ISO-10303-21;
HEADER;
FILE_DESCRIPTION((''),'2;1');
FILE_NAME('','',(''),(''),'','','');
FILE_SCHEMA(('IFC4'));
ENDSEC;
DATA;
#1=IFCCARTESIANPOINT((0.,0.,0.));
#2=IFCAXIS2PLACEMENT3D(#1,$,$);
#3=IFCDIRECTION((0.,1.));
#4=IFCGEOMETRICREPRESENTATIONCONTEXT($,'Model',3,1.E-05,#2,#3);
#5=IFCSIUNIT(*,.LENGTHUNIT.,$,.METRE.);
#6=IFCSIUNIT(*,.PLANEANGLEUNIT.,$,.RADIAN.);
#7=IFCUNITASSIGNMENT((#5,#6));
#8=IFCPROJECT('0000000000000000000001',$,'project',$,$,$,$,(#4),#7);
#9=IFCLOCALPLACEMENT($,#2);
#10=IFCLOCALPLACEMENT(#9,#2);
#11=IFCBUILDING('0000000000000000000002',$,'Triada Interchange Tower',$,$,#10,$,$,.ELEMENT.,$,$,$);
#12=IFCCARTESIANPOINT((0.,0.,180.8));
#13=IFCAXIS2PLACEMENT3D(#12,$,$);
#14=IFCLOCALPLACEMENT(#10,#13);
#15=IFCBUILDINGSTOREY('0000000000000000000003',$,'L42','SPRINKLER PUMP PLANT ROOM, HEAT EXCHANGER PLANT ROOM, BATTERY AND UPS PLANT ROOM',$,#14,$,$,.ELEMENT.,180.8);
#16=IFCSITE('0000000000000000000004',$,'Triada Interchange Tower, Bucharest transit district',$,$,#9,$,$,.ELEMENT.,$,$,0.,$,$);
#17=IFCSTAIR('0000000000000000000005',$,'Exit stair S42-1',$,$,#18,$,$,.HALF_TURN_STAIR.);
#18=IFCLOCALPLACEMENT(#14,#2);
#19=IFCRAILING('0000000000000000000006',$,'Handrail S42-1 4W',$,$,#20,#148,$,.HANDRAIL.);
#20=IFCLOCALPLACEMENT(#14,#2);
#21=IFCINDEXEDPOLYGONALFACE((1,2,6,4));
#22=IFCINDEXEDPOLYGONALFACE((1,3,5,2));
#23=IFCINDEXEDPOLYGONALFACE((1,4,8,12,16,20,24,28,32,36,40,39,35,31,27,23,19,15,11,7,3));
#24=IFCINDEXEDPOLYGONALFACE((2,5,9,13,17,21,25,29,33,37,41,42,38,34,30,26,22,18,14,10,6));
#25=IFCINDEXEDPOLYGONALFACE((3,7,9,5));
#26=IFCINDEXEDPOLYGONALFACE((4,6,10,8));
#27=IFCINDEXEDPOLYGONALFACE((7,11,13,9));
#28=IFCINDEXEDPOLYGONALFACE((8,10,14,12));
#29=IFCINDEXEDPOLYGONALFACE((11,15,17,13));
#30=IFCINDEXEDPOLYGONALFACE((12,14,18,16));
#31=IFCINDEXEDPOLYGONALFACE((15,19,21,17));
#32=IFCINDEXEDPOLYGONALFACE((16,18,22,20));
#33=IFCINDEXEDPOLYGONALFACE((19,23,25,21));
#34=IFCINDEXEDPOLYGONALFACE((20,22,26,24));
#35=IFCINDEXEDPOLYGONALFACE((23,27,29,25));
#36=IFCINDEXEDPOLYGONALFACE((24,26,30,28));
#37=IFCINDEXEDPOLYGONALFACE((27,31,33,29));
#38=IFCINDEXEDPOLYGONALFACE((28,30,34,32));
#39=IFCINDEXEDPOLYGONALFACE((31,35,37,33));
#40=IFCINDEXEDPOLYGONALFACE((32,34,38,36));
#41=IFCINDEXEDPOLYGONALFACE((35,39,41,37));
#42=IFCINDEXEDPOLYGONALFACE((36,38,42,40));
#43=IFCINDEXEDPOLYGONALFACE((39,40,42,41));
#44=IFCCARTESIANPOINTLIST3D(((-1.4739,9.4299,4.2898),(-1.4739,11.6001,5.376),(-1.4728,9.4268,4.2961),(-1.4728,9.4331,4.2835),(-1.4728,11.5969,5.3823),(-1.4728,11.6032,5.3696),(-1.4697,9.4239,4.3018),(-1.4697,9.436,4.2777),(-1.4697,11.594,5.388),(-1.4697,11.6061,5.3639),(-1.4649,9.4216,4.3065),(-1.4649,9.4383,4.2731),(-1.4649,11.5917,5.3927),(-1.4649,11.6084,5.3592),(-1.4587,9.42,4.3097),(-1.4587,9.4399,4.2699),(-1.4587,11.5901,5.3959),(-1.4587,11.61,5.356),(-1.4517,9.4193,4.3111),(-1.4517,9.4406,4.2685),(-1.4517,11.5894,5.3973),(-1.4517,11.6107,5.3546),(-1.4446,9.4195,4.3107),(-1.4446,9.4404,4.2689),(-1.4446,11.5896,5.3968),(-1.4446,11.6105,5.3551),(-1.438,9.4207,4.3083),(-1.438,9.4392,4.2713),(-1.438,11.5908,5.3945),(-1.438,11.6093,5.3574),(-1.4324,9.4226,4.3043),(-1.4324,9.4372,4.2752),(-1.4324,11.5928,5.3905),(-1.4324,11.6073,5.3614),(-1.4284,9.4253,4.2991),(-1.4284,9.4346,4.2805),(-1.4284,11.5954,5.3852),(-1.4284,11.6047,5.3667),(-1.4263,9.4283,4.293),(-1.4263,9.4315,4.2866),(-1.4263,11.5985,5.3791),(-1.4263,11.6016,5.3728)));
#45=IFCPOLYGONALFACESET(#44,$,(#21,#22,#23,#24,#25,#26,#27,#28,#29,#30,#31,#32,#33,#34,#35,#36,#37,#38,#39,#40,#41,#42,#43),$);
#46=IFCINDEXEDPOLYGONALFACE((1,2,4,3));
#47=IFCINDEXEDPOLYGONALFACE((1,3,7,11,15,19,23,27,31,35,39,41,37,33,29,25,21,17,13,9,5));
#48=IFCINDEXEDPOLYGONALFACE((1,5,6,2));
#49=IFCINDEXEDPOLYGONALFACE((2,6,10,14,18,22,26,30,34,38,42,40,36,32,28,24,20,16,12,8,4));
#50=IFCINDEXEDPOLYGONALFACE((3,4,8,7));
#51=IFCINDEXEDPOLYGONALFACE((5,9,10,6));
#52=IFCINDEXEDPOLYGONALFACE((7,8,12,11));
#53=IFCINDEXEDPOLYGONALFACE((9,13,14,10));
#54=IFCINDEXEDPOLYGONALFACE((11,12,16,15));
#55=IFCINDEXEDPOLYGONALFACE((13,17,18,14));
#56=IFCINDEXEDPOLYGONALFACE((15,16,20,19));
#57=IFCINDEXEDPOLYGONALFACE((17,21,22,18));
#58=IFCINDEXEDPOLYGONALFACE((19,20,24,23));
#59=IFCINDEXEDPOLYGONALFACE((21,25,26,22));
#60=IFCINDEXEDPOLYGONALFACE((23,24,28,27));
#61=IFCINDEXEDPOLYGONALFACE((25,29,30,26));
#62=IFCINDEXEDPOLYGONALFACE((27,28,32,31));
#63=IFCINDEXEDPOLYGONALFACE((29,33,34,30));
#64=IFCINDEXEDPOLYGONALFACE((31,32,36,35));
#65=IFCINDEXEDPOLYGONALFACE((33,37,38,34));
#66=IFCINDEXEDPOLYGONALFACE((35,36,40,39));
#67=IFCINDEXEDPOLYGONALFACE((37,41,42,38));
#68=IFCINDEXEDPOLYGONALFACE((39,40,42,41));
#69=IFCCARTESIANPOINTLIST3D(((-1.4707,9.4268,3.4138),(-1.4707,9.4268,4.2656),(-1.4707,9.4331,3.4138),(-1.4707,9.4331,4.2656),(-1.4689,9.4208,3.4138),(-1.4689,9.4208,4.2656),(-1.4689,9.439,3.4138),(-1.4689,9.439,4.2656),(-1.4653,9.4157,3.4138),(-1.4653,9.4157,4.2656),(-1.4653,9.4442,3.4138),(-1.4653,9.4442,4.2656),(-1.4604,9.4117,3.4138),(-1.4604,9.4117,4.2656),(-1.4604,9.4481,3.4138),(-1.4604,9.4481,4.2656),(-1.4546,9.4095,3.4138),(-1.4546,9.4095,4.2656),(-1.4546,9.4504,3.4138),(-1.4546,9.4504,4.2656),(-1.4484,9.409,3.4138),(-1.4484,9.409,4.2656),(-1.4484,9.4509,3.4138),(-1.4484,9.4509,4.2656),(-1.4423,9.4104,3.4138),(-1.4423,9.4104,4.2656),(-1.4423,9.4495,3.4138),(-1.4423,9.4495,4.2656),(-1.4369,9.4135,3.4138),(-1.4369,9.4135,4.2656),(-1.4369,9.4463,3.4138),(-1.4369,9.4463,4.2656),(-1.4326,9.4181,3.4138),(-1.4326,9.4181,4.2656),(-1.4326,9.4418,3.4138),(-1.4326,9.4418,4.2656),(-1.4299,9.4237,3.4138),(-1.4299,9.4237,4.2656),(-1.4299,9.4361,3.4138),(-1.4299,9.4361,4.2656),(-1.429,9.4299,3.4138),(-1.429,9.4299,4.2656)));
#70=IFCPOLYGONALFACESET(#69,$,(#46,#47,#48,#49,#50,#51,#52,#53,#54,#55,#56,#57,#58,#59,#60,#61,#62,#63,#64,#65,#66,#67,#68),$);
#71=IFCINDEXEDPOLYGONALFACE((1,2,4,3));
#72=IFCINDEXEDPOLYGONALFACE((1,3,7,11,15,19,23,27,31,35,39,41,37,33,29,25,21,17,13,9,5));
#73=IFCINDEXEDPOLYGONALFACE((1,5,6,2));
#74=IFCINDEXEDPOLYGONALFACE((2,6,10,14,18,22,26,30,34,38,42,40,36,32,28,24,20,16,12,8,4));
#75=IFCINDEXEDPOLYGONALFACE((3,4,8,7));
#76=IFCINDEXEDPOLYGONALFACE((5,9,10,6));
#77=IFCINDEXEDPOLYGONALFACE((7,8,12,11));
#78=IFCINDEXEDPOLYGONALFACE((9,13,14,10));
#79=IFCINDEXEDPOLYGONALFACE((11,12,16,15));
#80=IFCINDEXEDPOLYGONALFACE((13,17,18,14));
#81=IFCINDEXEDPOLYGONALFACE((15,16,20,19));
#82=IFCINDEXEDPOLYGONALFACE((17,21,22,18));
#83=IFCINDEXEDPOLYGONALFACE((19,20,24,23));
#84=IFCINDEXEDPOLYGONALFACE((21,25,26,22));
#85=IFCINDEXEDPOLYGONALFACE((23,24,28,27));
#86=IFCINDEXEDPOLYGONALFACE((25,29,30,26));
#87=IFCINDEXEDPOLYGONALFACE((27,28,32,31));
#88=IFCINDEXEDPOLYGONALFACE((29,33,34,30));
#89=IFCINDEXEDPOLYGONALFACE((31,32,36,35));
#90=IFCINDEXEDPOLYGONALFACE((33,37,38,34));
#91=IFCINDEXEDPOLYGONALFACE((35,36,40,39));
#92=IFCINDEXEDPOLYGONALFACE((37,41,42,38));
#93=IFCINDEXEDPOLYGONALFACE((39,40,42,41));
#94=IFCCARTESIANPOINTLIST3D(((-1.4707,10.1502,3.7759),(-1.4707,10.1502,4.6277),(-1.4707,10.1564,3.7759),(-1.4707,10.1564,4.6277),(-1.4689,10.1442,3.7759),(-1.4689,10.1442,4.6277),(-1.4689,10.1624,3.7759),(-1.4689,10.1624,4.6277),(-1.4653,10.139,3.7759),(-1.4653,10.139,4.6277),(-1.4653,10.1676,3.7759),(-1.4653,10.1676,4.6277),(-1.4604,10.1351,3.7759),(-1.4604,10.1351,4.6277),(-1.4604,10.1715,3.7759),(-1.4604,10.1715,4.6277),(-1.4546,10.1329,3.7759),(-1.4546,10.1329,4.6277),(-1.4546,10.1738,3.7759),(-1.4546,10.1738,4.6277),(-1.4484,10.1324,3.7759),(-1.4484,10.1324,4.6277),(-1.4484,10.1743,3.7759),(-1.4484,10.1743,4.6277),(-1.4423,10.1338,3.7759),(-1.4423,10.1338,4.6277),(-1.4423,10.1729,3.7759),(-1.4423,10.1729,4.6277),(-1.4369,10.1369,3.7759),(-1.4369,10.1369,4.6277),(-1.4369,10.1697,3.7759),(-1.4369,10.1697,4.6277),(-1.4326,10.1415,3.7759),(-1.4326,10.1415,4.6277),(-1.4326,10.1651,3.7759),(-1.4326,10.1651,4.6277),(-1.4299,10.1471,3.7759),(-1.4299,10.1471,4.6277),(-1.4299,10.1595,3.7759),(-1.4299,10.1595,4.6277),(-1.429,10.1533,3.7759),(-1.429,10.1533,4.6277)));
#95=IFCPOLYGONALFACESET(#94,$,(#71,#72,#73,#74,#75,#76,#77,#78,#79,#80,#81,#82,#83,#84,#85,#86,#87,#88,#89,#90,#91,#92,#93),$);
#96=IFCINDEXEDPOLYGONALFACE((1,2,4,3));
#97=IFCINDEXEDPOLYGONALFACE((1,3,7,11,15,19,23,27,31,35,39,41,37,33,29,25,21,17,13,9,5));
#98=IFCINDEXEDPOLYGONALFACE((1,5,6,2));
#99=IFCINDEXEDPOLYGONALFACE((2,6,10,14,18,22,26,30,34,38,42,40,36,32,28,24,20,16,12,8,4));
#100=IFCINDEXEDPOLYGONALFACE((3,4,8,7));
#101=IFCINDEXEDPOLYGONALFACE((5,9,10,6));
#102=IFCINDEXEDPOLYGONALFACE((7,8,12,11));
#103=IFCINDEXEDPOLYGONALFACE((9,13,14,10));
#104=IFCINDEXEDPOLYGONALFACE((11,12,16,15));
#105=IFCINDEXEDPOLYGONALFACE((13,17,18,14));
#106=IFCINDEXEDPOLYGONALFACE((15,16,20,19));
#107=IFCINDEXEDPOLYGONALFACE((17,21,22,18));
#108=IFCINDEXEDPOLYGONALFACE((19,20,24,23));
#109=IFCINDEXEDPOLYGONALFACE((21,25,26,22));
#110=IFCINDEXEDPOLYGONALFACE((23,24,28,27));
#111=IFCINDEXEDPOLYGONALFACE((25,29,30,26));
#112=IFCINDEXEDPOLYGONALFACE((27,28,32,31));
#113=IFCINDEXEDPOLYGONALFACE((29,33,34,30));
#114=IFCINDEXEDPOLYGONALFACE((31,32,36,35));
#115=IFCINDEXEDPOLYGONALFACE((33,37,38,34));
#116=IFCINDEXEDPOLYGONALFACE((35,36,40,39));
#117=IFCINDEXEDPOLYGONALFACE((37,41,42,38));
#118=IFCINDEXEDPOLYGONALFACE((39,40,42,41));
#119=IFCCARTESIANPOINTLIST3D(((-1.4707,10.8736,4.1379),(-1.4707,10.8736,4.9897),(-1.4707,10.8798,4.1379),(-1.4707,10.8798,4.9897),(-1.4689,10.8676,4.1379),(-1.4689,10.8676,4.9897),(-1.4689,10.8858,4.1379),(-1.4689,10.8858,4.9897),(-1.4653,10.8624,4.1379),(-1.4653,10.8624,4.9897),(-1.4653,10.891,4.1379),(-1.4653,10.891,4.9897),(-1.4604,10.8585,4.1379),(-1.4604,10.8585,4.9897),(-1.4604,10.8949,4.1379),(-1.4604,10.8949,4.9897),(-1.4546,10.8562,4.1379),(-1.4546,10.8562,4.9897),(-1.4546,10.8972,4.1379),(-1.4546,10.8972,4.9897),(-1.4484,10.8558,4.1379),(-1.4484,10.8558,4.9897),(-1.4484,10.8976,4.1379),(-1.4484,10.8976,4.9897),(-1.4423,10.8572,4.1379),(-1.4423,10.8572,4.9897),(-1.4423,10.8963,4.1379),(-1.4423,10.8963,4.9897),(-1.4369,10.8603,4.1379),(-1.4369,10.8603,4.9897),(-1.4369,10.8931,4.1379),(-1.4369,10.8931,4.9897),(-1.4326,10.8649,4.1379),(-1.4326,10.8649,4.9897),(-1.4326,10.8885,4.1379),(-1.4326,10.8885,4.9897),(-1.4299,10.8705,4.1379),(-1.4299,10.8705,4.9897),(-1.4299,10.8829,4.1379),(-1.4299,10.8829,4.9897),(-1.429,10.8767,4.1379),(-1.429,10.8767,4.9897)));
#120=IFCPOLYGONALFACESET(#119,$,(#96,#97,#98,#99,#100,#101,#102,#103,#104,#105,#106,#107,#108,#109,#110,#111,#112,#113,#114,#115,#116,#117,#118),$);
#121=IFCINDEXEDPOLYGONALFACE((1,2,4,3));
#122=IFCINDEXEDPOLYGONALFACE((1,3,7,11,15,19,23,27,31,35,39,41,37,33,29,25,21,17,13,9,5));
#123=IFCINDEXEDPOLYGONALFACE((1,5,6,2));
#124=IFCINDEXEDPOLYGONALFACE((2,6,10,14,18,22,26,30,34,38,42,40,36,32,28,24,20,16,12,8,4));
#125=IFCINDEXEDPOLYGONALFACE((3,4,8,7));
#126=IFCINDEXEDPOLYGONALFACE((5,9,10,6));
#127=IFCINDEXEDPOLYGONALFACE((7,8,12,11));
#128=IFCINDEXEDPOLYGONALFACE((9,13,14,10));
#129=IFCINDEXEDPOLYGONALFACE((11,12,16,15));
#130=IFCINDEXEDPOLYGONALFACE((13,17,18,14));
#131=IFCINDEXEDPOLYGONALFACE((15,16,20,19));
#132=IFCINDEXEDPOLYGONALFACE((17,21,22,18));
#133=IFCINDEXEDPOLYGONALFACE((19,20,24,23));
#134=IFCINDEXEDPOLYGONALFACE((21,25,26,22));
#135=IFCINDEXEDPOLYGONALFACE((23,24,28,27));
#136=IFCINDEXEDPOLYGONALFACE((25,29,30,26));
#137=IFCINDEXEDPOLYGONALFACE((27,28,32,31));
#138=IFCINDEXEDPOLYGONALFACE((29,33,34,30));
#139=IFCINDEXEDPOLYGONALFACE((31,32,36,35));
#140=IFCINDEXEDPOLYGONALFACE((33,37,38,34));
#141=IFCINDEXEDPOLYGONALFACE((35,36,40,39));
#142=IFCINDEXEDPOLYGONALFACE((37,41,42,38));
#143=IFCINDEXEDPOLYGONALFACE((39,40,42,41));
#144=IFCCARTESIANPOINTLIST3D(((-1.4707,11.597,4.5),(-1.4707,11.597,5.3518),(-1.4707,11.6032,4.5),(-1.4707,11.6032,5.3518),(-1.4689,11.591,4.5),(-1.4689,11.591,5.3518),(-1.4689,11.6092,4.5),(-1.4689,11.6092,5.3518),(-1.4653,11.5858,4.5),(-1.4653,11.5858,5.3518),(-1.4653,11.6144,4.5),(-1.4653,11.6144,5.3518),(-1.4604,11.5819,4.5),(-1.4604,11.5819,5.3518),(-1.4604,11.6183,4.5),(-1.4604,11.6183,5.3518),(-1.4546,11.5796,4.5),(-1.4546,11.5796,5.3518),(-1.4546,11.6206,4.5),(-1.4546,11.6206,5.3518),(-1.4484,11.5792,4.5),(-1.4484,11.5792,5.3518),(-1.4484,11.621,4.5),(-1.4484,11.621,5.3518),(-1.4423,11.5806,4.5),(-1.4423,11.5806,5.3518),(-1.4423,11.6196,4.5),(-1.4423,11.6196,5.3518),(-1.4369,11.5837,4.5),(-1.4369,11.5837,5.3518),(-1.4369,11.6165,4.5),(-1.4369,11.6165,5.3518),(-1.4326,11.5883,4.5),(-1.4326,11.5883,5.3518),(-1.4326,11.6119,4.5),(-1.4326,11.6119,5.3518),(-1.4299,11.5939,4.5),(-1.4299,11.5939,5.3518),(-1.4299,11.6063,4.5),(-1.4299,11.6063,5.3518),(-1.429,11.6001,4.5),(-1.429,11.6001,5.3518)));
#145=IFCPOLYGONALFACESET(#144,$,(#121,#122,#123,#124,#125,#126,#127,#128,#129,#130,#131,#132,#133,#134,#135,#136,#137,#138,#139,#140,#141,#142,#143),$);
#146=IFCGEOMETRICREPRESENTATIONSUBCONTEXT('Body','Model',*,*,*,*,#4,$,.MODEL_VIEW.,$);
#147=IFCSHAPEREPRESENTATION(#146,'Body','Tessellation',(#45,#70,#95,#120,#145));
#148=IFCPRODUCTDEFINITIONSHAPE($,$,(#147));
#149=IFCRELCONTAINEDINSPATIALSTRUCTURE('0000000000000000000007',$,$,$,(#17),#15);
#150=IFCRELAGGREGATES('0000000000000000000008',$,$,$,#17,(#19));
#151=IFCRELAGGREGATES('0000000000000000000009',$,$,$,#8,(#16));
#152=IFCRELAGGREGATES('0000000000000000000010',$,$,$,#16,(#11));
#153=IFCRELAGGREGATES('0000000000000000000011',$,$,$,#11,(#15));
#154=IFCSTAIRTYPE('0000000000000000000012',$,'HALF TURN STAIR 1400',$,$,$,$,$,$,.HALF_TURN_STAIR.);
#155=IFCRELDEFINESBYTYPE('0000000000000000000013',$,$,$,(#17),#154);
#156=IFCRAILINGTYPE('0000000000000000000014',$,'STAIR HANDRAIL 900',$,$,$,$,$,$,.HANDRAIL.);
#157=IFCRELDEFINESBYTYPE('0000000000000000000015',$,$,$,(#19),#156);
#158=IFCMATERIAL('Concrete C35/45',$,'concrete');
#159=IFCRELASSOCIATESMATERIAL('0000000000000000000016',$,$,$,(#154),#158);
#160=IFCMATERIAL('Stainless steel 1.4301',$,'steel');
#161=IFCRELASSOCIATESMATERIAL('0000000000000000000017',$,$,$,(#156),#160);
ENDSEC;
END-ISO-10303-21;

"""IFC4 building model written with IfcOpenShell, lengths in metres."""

from ifc_helpers import new_model, si_unit, direction, frame, origin, origin_2d, place, context, subcontext, project, spatial, circle, extrude, material, type_object, element, aggregate, save


model = new_model("IFC4")

# Units and contexts
model_context = context("Model", 3, precision=1e-05, world=origin(), true_north=direction((0.0, 1.0)))
body_context = subcontext(model_context, "Body", "Model", "MODEL_VIEW")
ifc_project = project(units=[si_unit("LENGTHUNIT", "METRE"), si_unit("PLANEANGLEUNIT", "RADIAN")], contexts=[model_context])

# Site, building, storey
site_placement = place(None, origin())
site = spatial("IfcSite", under=ifc_project, at=site_placement, Name="Triada Interchange Tower, Bucharest transit district", CompositionType="ELEMENT", RefElevation=0.0)
building_placement = place(site_placement, origin())
building = spatial("IfcBuilding", under=site, at=building_placement, Name="Triada Interchange Tower", CompositionType="ELEMENT")
storey_placement = place(building_placement, frame((0.0, 0.0, 180.8)))
storey = spatial("IfcBuildingStorey", under=building, at=storey_placement, Name="L42", Description="SPRINKLER PUMP PLANT ROOM, HEAT EXCHANGER PLANT ROOM, BATTERY AND UPS PLANT ROOM", CompositionType="ELEMENT", Elevation=180.8)

# Stair
ifc_material_1 = material(Name="Concrete C35/45", Category="concrete")
stair_type = type_object("IfcStairType", Name="HALF TURN STAIR 1400", PredefinedType="HALF_TURN_STAIR", material=ifc_material_1)
stair_placement = place(storey_placement, origin())
stair = element("IfcStair", 1, at=stair_placement, inside=storey, type_object=stair_type, Name="Exit stair S42-1", PredefinedType="HALF_TURN_STAIR")

# Railing
ifc_material_2 = material(Name="Stainless steel 1.4301", Category="steel")
railing_type = type_object("IfcRailingType", Name="STAIR HANDRAIL 900", PredefinedType="HANDRAIL", material=ifc_material_2)
railing_1_placement = place(storey_placement, frame((-1.45, 9.4299, 3.4138)))
railing_1 = element("IfcRailing", 2, at=railing_1_placement, type_object=railing_type, Name="Handrail S42-1 4W", PredefinedType="HANDRAIL", context=body_context, shape_type="SweptSolid", body=[
    extrude(circle(Radius=0.0239, at=origin_2d()), frame((0.0, 0.0, 0.876), z_axis=(0.0, 0.894246, 0.447576), x_axis=(-1.0, 0.0, 0.0)), (0.0, 0.0, 1.0), 2.4268),
    extrude(circle(Radius=0.021, at=origin_2d()), origin(), (0.0, 0.0, 1.0), 0.8518),
    extrude(circle(Radius=0.021, at=origin_2d()), frame((0.0, 0.7234, 0.3621)), (0.0, 0.0, 1.0), 0.8518),
    extrude(circle(Radius=0.021, at=origin_2d()), frame((0.0, 1.4468, 0.7241)), (0.0, 0.0, 1.0), 0.8518),
    extrude(circle(Radius=0.021, at=origin_2d()), frame((0.0, 2.1702, 1.0862)), (0.0, 0.0, 1.0), 0.8518),
])
aggregate(stair, [railing_1])

save(model, "model.ifc")
